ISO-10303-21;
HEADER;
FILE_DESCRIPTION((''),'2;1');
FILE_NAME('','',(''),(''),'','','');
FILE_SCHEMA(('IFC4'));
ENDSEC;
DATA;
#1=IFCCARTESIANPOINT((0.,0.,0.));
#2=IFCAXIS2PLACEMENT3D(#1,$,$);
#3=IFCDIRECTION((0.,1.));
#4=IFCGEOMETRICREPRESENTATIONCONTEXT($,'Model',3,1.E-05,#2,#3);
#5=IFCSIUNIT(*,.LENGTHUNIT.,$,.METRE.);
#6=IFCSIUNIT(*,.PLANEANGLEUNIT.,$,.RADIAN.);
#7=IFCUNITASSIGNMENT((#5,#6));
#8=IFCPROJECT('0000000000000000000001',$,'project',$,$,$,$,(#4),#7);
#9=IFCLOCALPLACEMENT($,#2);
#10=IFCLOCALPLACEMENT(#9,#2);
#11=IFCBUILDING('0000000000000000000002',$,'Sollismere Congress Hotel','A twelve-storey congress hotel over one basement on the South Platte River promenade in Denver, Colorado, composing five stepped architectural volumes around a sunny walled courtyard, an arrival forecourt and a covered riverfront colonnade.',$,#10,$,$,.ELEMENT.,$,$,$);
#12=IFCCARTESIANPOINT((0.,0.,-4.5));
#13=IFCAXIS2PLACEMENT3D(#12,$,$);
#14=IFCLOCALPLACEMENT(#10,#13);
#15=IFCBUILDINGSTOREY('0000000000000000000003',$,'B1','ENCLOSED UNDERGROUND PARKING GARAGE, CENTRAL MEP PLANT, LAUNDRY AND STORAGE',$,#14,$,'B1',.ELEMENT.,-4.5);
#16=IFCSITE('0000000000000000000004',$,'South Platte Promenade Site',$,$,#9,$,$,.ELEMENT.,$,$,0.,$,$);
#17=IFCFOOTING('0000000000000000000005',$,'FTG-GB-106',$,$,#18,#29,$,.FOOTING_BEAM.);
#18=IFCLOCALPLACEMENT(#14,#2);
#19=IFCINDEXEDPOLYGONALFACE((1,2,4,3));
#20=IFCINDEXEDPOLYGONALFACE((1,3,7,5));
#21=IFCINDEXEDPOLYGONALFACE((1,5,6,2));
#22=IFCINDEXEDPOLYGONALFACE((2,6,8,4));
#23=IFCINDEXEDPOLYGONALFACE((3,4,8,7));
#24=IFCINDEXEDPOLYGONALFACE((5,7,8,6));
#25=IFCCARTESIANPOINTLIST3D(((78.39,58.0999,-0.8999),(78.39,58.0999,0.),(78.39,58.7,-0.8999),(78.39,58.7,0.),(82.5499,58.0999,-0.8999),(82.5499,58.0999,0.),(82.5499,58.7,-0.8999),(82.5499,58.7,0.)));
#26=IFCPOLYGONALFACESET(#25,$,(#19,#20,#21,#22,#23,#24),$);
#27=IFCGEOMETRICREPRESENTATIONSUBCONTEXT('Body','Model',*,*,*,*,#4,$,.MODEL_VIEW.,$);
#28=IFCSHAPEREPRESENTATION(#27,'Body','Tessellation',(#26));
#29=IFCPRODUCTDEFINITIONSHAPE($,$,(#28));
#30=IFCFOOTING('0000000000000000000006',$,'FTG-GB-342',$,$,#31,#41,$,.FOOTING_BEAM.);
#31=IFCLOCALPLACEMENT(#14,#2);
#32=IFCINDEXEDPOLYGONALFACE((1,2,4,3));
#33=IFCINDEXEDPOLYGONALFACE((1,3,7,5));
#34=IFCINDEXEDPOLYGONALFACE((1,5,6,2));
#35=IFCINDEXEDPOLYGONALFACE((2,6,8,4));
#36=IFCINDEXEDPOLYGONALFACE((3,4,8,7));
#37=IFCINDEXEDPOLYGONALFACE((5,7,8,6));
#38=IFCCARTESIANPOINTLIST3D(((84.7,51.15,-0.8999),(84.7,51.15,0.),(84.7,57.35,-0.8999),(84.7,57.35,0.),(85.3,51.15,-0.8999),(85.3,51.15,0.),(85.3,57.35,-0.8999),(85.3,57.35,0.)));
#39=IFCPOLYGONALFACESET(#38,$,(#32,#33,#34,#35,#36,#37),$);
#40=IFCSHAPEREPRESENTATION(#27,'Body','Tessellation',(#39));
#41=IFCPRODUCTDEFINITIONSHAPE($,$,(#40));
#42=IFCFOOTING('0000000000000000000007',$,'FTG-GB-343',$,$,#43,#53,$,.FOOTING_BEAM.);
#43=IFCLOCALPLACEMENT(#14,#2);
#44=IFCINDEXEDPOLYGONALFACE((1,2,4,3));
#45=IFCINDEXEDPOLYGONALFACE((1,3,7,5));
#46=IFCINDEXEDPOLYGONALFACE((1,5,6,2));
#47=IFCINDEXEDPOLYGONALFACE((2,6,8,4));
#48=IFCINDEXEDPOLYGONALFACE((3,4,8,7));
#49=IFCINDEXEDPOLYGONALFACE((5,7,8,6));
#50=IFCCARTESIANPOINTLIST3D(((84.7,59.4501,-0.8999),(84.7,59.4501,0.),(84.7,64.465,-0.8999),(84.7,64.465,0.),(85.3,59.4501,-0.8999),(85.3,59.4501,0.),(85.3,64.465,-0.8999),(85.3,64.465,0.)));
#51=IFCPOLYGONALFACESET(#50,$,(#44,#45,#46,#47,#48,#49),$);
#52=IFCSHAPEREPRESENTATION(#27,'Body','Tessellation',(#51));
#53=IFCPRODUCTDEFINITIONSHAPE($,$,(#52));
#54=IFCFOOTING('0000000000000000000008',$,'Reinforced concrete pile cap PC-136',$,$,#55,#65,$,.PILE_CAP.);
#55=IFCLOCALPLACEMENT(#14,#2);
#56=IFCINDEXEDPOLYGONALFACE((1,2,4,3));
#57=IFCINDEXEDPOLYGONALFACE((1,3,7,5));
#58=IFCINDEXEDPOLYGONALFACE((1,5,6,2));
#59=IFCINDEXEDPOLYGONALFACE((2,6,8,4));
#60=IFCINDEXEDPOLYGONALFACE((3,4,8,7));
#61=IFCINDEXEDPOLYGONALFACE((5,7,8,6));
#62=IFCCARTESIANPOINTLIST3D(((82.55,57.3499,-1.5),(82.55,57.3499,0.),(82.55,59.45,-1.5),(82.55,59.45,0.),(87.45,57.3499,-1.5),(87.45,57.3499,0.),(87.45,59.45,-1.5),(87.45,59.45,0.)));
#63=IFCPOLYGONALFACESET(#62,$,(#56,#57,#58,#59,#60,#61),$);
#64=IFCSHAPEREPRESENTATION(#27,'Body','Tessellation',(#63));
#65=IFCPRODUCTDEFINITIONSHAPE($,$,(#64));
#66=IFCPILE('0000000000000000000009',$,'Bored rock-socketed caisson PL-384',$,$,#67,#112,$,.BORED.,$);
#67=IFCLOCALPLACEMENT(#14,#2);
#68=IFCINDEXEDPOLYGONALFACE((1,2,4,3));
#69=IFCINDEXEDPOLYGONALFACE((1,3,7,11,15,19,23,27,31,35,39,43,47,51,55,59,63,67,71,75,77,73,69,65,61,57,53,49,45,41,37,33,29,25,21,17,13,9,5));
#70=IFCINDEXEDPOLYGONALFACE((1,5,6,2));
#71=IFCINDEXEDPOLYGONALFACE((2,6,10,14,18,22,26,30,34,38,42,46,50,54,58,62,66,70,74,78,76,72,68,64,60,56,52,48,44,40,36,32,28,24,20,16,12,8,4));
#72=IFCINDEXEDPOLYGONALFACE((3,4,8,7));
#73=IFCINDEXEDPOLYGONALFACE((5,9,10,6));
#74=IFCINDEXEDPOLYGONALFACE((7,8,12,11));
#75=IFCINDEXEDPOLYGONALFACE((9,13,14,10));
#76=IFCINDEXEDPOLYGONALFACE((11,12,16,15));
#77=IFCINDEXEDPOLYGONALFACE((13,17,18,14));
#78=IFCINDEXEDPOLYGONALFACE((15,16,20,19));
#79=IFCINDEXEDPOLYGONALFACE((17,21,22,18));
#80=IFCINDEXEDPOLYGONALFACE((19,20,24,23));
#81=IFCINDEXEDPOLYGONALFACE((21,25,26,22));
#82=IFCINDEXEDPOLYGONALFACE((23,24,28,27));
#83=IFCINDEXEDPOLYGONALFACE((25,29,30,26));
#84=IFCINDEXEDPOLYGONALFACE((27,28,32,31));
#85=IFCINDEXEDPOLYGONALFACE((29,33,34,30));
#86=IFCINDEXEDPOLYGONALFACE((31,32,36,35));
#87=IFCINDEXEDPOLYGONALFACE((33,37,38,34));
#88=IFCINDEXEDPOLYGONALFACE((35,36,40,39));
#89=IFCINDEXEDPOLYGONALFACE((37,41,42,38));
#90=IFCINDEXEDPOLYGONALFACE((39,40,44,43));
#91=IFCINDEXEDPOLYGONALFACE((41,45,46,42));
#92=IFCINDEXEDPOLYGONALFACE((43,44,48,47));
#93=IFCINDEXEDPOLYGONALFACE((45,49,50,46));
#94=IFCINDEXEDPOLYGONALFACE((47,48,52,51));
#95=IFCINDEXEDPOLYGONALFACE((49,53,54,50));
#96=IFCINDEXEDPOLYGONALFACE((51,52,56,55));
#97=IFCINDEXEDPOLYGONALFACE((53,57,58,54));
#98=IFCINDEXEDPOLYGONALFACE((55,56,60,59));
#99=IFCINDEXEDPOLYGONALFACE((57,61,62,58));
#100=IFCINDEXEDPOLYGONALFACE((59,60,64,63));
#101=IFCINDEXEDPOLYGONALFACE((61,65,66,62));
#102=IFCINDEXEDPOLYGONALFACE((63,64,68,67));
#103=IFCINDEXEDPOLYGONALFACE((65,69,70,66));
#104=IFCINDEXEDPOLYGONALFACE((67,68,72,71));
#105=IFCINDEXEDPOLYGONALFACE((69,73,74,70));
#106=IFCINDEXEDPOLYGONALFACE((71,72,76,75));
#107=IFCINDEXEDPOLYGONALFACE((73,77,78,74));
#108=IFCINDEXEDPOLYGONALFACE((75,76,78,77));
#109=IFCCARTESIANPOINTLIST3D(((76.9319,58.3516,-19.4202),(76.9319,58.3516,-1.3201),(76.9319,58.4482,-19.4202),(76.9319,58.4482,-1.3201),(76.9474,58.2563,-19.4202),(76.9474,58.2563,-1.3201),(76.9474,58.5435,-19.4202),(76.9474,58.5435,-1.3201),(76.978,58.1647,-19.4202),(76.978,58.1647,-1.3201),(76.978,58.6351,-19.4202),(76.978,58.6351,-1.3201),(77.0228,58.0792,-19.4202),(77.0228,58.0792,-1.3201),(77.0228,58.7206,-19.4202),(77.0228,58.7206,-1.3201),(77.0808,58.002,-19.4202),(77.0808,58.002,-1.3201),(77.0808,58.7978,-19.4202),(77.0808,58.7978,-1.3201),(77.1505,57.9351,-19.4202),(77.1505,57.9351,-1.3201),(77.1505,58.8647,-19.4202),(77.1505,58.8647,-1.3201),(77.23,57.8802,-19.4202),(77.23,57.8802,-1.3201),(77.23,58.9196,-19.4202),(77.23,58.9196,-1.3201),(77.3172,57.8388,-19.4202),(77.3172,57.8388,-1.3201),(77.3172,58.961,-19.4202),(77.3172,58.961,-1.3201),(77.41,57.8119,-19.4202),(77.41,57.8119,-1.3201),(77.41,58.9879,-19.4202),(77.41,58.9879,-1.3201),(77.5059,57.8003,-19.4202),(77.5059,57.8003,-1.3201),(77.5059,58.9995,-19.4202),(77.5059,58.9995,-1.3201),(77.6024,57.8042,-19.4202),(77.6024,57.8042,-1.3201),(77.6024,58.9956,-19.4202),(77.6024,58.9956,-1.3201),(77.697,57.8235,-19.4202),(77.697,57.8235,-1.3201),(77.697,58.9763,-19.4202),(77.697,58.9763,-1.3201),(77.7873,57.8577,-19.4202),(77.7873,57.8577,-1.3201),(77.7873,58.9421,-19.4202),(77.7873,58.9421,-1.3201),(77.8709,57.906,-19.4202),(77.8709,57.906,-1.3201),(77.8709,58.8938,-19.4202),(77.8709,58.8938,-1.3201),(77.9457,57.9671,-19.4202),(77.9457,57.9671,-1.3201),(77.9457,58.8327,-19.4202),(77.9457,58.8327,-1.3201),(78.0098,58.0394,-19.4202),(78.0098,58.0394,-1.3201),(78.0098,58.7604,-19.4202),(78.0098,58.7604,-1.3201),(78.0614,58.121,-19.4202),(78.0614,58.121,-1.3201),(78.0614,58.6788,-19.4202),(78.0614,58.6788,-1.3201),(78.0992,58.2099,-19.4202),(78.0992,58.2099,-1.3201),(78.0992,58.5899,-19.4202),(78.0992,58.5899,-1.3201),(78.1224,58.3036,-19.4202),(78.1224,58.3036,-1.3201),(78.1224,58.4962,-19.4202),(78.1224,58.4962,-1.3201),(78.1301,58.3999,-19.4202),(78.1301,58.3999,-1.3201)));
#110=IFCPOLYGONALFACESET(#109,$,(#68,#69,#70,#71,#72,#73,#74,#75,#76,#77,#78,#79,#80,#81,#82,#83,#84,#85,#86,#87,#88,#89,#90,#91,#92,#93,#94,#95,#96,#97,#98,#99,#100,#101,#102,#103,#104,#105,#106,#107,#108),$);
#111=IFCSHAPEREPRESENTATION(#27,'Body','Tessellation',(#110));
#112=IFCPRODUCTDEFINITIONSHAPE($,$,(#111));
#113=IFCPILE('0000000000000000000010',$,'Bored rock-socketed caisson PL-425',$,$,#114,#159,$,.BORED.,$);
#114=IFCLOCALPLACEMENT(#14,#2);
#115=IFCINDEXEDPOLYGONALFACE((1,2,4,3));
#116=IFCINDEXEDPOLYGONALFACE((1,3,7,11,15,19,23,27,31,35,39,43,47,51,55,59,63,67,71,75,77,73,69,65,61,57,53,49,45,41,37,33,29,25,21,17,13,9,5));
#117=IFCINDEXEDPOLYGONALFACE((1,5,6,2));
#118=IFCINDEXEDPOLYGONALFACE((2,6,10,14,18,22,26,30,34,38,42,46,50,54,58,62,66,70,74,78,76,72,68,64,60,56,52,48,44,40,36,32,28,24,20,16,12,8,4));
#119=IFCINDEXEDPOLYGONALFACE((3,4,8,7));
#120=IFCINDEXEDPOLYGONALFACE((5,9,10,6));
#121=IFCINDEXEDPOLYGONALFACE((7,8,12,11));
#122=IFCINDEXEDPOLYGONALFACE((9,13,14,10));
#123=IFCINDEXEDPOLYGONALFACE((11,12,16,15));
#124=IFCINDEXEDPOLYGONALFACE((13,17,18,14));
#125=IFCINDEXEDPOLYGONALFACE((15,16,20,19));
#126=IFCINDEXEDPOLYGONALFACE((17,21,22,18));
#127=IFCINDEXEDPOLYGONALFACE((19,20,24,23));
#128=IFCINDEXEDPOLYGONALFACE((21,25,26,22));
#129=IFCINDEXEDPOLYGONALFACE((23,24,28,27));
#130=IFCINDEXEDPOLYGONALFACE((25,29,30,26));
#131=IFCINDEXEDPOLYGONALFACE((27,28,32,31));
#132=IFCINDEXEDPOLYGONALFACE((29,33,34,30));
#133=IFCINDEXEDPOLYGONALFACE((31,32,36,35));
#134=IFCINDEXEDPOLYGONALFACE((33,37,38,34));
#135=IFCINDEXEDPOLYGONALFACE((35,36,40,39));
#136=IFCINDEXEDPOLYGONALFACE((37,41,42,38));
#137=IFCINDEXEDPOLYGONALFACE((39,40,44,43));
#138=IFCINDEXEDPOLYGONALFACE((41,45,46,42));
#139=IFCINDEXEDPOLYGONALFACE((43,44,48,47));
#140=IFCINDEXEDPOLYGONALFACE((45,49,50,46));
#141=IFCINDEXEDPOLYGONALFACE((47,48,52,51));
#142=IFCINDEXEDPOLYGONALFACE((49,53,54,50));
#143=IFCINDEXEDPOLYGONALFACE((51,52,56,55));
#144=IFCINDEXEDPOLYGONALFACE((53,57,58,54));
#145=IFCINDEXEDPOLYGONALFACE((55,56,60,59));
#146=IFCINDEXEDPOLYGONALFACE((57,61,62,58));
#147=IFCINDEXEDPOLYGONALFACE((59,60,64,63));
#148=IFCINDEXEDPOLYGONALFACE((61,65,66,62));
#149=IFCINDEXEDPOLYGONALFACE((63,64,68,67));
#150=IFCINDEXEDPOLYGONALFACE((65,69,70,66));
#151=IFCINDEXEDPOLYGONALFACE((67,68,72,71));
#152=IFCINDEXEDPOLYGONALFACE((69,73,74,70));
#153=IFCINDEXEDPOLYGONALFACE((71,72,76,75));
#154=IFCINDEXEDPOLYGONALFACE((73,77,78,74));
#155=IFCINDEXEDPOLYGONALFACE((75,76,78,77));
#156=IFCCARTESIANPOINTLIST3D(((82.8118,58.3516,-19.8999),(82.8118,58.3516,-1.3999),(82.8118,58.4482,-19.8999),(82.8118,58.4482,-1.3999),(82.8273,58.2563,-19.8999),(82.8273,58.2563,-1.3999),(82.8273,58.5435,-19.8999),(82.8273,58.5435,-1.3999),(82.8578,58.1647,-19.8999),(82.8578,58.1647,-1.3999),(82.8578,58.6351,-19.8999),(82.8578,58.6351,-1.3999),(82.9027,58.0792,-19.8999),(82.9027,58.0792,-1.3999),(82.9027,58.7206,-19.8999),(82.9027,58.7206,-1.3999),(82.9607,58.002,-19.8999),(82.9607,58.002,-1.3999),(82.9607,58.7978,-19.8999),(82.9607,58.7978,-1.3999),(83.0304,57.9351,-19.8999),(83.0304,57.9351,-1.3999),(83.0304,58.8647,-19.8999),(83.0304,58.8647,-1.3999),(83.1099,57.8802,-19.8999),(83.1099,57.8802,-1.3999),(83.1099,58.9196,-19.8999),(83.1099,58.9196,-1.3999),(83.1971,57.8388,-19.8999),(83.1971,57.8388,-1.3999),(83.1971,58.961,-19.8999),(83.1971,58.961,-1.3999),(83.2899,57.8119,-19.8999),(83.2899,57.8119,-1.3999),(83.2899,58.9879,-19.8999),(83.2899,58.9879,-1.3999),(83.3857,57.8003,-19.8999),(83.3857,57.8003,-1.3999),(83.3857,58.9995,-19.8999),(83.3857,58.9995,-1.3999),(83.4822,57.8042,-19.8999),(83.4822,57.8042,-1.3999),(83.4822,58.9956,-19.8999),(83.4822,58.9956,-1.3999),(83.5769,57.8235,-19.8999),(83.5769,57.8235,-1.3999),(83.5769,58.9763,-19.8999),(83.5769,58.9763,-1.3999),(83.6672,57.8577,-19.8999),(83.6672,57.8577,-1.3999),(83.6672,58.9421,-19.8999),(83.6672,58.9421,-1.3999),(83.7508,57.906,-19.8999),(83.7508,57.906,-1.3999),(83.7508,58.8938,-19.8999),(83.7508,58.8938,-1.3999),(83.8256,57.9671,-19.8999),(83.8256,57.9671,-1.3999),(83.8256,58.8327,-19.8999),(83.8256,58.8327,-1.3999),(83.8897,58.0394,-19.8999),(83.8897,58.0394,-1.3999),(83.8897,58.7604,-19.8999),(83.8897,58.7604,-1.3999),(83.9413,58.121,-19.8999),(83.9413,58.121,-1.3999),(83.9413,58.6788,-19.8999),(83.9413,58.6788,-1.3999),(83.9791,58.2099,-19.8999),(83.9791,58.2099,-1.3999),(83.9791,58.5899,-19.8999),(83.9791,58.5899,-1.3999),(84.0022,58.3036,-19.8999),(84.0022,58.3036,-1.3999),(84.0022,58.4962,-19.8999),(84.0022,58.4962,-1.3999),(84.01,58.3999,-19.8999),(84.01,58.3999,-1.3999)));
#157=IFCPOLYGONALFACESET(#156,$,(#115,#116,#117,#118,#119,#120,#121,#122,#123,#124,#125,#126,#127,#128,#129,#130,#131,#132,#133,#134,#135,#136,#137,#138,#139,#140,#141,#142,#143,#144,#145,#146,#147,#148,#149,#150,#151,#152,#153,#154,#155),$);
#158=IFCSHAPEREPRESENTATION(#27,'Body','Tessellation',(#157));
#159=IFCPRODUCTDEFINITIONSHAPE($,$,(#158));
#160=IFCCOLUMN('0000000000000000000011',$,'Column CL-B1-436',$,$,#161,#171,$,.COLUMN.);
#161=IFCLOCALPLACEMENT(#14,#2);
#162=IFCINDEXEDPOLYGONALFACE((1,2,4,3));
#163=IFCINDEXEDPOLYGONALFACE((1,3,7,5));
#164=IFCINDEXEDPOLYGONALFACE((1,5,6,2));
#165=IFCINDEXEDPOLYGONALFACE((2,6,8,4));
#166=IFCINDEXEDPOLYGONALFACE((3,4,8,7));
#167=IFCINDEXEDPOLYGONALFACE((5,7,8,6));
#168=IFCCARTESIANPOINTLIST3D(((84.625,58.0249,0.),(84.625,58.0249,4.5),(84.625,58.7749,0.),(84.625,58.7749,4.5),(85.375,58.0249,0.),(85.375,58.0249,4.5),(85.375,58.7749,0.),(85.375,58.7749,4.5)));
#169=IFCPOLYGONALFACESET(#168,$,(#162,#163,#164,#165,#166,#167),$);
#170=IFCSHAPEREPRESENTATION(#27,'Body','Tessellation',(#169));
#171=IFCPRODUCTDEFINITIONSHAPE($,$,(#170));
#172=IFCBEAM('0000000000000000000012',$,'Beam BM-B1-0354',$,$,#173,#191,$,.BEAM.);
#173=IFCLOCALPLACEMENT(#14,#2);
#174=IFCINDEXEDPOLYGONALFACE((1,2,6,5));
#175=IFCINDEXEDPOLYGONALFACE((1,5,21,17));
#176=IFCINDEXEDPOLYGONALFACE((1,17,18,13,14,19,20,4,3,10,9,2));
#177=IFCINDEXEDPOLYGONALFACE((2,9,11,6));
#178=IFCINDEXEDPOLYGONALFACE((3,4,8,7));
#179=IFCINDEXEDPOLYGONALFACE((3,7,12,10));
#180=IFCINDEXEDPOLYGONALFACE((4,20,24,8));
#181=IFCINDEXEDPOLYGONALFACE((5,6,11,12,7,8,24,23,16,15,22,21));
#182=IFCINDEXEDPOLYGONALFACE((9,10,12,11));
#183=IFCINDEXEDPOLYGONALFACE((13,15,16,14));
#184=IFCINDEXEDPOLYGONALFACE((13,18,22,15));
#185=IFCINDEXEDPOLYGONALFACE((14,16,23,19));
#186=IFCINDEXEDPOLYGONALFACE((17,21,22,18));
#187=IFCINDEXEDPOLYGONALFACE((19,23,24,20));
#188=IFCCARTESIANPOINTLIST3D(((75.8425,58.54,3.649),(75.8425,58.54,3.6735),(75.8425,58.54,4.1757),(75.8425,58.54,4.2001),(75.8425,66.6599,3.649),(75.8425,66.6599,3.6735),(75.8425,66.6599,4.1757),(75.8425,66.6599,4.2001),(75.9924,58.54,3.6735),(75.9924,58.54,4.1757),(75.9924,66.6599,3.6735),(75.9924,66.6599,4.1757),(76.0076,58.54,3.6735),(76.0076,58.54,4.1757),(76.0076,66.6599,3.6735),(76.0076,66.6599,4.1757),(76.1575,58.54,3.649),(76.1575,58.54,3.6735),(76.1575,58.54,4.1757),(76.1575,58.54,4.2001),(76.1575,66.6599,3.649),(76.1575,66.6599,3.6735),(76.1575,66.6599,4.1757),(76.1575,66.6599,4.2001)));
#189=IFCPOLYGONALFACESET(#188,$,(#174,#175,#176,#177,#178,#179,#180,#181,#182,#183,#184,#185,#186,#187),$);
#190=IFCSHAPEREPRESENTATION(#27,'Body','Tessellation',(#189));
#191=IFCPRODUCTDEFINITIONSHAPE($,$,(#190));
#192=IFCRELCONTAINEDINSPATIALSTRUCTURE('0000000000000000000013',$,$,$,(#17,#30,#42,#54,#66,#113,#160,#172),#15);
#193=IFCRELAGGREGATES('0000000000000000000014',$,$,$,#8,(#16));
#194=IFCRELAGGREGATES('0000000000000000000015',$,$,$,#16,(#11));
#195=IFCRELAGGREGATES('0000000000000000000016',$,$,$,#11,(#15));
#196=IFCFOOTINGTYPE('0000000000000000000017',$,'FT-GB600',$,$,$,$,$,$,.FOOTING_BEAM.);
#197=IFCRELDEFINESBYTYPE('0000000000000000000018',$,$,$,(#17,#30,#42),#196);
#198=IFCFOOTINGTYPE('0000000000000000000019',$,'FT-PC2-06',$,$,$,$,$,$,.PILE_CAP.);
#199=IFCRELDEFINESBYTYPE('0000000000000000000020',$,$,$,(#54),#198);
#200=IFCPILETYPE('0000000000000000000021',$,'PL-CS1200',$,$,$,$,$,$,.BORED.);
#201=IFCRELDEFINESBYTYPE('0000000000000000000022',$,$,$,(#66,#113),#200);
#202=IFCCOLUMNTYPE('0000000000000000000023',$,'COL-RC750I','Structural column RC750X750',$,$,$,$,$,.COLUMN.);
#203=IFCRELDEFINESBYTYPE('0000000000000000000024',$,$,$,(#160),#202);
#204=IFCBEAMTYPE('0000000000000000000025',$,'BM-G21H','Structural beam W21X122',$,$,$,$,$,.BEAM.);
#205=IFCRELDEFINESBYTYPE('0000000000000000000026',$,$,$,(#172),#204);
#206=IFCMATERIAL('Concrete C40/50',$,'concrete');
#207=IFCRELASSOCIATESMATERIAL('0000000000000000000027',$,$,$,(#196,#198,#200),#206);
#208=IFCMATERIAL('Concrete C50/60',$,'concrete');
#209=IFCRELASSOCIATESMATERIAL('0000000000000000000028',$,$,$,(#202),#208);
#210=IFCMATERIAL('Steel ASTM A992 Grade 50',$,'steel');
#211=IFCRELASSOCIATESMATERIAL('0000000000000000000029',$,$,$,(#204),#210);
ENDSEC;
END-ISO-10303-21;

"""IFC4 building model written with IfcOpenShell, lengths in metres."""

from ifc_helpers import new_model, si_unit, direction, frame, origin, origin_2d, place, context, subcontext, project, spatial, rectangle, circle, i_section, extrude, material, material_profile, profile_set, type_object, element, save


model = new_model("IFC4")

# Units and contexts
model_context = context("Model", 3, precision=1e-05, world=origin(), true_north=direction((0.0, 1.0)))
body_context = subcontext(model_context, "Body", "Model", "MODEL_VIEW")
ifc_project = project(units=[si_unit("LENGTHUNIT", "METRE"), si_unit("PLANEANGLEUNIT", "RADIAN")], contexts=[model_context])

# Site, building, storey
site_placement = place(None, origin())
site = spatial("IfcSite", under=ifc_project, at=site_placement, Name="South Platte Promenade Site", CompositionType="ELEMENT", RefElevation=0.0)
building_placement = place(site_placement, origin())
building = spatial("IfcBuilding", under=site, at=building_placement, Name="Sollismere Congress Hotel", Description="A twelve-storey congress hotel over one basement on the South Platte River promenade in Denver, Colorado, composing five stepped architectural volumes around a sunny walled courtyard, an arrival forecourt and a covered riverfront colonnade.", CompositionType="ELEMENT")
storey_placement = place(building_placement, frame((0.0, 0.0, -4.5)))
storey = spatial("IfcBuildingStorey", under=building, at=storey_placement, Name="B1", Description="ENCLOSED UNDERGROUND PARKING GARAGE, CENTRAL MEP PLANT, LAUNDRY AND STORAGE", LongName="B1", CompositionType="ELEMENT", Elevation=-4.5)

# Footings
ifc_material_1 = material(Name="Concrete C40/50", Category="concrete")
footing_type_1 = type_object("IfcFootingType", Name="FT-GB600", PredefinedType="FOOTING_BEAM", material=ifc_material_1)
footing_1_placement = place(storey_placement, frame((80.47, 58.3999, -0.8999), z_axis=(0.0, 0.0, 1.0), x_axis=(1.0, 0.0, 0.0)))
element("IfcFooting", 1, at=footing_1_placement, inside=storey, type_object=footing_type_1, Name="FTG-GB-106", PredefinedType="FOOTING_BEAM", context=body_context, shape_type="SweptSolid", body=[
    extrude(rectangle(XDim=4.1599, YDim=0.6001, at=origin_2d()), origin(), (0.0, 0.0, 1.0), 0.8999),
])
footing_2_placement = place(storey_placement, frame((85.0, 54.25, -0.8999), z_axis=(0.0, 0.0, 1.0), x_axis=(0.0, 1.0, 0.0)))
element("IfcFooting", 2, at=footing_2_placement, inside=storey, type_object=footing_type_1, Name="FTG-GB-342", PredefinedType="FOOTING_BEAM", context=body_context, shape_type="SweptSolid", body=[
    extrude(rectangle(XDim=6.2, YDim=0.6001, at=origin_2d()), origin(), (0.0, 0.0, 1.0), 0.8999),
])
footing_3_placement = place(storey_placement, frame((85.0, 61.9575, -0.8999), z_axis=(0.0, 0.0, 1.0), x_axis=(0.0, 1.0, 0.0)))
element("IfcFooting", 3, at=footing_3_placement, inside=storey, type_object=footing_type_1, Name="FTG-GB-343", PredefinedType="FOOTING_BEAM", context=body_context, shape_type="SweptSolid", body=[
    extrude(rectangle(XDim=5.0149, YDim=0.6001, at=origin_2d()), origin(), (0.0, 0.0, 1.0), 0.8999),
])
footing_type_2 = type_object("IfcFootingType", Name="FT-PC2-06", PredefinedType="PILE_CAP", material=ifc_material_1)
footing_4_placement = place(storey_placement, frame((85.0, 58.3999, -1.5), z_axis=(0.0, 0.0, 1.0), x_axis=(1.0, 0.0, 0.0)))
element("IfcFooting", 4, at=footing_4_placement, inside=storey, type_object=footing_type_2, Name="Reinforced concrete pile cap PC-136", PredefinedType="PILE_CAP", context=body_context, shape_type="SweptSolid", body=[
    extrude(rectangle(XDim=4.8999, YDim=2.1001, at=origin_2d()), origin(), (0.0, 0.0, 1.0), 1.5),
])

# Piles
ifc_material_profile_1 = material_profile(ifc_material_1, circle(Radius=0.6001, at=origin_2d()), Name="CAISSON1200")
ifc_profile_set_1 = profile_set([ifc_material_profile_1], Name="Concrete C40/50")
pile_type = type_object("IfcPileType", Name="PL-CS1200", PredefinedType="BORED", material=ifc_profile_set_1)
pile_1_placement = place(storey_placement, frame((77.53, 58.3999, -1.3201), z_axis=(0.0, 0.0, -1.0), x_axis=(1.0, 0.0, 0.0)))
element("IfcPile", 5, at=pile_1_placement, inside=storey, type_object=pile_type, Name="Bored rock-socketed caisson PL-384", PredefinedType="BORED", context=body_context, shape_type="SweptSolid", body=[
    extrude(circle(Radius=0.6001, at=origin_2d()), origin(), (0.0, 0.0, 1.0), 18.1001),
])
pile_2_placement = place(storey_placement, frame((83.4099, 58.3999, -1.3999), z_axis=(0.0, 0.0, -1.0), x_axis=(1.0, 0.0, 0.0)))
element("IfcPile", 6, at=pile_2_placement, inside=storey, type_object=pile_type, Name="Bored rock-socketed caisson PL-425", PredefinedType="BORED", context=body_context, shape_type="SweptSolid", body=[
    extrude(circle(Radius=0.6001, at=origin_2d()), origin(), (0.0, 0.0, 1.0), 18.5),
])

# Column
ifc_material_2 = material(Name="Concrete C50/60", Category="concrete")
ifc_material_profile_2 = material_profile(ifc_material_2, rectangle(XDim=0.75, YDim=0.75, at=origin_2d()), Name="RC750X750")
ifc_profile_set_2 = profile_set([ifc_material_profile_2], Name="Concrete C50/60")
column_type = type_object("IfcColumnType", Name="COL-RC750I", Description="Structural column RC750X750", PredefinedType="COLUMN", material=ifc_profile_set_2)
column_placement = place(storey_placement, frame((85.0, 58.3999, 0.0), z_axis=(0.0, 0.0, 1.0), x_axis=(1.0, 0.0, 0.0)))
element("IfcColumn", 7, at=column_placement, inside=storey, type_object=column_type, Name="Column CL-B1-436", PredefinedType="COLUMN", context=body_context, shape_type="SweptSolid", body=[
    extrude(rectangle(XDim=0.75, YDim=0.75, at=origin_2d()), origin(), (0.0, 0.0, 1.0), 4.5),
])

# Beam
ifc_material_3 = material(Name="Steel ASTM A992 Grade 50", Category="steel")
ifc_material_profile_3 = material_profile(ifc_material_3, i_section(OverallWidth=0.3149, OverallDepth=0.551, WebThickness=0.0151, FlangeThickness=0.0244, at=origin_2d()), Name="W21X122")
ifc_profile_set_3 = profile_set([ifc_material_profile_3], Name="Steel ASTM A992 Grade 50")
beam_type_1 = type_object("IfcBeamType", Name="BM-G21H", Description="Structural beam W21X122", PredefinedType="BEAM", material=ifc_profile_set_3)
for number, where, z_axis, x_axis, name in (
    (8, (76.0, 58.54, 3.9246), (0.0, 1.0, 0.0), (-1.0, 0.0, 0.0), "Beam BM-B1-0354"),
):
    element("IfcBeam", number, at=place(storey_placement, frame(where, z_axis=z_axis, x_axis=x_axis)), inside=storey, type_object=beam_type_1, Name=name, PredefinedType="BEAM", context=body_context, shape_type="SweptSolid", body=[
        extrude(i_section(OverallWidth=0.3149, OverallDepth=0.551, WebThickness=0.0151, FlangeThickness=0.0244, at=origin_2d()), origin(), (0.0, 0.0, 1.0), 8.1199),
    ])

save(model, "model.ifc")
